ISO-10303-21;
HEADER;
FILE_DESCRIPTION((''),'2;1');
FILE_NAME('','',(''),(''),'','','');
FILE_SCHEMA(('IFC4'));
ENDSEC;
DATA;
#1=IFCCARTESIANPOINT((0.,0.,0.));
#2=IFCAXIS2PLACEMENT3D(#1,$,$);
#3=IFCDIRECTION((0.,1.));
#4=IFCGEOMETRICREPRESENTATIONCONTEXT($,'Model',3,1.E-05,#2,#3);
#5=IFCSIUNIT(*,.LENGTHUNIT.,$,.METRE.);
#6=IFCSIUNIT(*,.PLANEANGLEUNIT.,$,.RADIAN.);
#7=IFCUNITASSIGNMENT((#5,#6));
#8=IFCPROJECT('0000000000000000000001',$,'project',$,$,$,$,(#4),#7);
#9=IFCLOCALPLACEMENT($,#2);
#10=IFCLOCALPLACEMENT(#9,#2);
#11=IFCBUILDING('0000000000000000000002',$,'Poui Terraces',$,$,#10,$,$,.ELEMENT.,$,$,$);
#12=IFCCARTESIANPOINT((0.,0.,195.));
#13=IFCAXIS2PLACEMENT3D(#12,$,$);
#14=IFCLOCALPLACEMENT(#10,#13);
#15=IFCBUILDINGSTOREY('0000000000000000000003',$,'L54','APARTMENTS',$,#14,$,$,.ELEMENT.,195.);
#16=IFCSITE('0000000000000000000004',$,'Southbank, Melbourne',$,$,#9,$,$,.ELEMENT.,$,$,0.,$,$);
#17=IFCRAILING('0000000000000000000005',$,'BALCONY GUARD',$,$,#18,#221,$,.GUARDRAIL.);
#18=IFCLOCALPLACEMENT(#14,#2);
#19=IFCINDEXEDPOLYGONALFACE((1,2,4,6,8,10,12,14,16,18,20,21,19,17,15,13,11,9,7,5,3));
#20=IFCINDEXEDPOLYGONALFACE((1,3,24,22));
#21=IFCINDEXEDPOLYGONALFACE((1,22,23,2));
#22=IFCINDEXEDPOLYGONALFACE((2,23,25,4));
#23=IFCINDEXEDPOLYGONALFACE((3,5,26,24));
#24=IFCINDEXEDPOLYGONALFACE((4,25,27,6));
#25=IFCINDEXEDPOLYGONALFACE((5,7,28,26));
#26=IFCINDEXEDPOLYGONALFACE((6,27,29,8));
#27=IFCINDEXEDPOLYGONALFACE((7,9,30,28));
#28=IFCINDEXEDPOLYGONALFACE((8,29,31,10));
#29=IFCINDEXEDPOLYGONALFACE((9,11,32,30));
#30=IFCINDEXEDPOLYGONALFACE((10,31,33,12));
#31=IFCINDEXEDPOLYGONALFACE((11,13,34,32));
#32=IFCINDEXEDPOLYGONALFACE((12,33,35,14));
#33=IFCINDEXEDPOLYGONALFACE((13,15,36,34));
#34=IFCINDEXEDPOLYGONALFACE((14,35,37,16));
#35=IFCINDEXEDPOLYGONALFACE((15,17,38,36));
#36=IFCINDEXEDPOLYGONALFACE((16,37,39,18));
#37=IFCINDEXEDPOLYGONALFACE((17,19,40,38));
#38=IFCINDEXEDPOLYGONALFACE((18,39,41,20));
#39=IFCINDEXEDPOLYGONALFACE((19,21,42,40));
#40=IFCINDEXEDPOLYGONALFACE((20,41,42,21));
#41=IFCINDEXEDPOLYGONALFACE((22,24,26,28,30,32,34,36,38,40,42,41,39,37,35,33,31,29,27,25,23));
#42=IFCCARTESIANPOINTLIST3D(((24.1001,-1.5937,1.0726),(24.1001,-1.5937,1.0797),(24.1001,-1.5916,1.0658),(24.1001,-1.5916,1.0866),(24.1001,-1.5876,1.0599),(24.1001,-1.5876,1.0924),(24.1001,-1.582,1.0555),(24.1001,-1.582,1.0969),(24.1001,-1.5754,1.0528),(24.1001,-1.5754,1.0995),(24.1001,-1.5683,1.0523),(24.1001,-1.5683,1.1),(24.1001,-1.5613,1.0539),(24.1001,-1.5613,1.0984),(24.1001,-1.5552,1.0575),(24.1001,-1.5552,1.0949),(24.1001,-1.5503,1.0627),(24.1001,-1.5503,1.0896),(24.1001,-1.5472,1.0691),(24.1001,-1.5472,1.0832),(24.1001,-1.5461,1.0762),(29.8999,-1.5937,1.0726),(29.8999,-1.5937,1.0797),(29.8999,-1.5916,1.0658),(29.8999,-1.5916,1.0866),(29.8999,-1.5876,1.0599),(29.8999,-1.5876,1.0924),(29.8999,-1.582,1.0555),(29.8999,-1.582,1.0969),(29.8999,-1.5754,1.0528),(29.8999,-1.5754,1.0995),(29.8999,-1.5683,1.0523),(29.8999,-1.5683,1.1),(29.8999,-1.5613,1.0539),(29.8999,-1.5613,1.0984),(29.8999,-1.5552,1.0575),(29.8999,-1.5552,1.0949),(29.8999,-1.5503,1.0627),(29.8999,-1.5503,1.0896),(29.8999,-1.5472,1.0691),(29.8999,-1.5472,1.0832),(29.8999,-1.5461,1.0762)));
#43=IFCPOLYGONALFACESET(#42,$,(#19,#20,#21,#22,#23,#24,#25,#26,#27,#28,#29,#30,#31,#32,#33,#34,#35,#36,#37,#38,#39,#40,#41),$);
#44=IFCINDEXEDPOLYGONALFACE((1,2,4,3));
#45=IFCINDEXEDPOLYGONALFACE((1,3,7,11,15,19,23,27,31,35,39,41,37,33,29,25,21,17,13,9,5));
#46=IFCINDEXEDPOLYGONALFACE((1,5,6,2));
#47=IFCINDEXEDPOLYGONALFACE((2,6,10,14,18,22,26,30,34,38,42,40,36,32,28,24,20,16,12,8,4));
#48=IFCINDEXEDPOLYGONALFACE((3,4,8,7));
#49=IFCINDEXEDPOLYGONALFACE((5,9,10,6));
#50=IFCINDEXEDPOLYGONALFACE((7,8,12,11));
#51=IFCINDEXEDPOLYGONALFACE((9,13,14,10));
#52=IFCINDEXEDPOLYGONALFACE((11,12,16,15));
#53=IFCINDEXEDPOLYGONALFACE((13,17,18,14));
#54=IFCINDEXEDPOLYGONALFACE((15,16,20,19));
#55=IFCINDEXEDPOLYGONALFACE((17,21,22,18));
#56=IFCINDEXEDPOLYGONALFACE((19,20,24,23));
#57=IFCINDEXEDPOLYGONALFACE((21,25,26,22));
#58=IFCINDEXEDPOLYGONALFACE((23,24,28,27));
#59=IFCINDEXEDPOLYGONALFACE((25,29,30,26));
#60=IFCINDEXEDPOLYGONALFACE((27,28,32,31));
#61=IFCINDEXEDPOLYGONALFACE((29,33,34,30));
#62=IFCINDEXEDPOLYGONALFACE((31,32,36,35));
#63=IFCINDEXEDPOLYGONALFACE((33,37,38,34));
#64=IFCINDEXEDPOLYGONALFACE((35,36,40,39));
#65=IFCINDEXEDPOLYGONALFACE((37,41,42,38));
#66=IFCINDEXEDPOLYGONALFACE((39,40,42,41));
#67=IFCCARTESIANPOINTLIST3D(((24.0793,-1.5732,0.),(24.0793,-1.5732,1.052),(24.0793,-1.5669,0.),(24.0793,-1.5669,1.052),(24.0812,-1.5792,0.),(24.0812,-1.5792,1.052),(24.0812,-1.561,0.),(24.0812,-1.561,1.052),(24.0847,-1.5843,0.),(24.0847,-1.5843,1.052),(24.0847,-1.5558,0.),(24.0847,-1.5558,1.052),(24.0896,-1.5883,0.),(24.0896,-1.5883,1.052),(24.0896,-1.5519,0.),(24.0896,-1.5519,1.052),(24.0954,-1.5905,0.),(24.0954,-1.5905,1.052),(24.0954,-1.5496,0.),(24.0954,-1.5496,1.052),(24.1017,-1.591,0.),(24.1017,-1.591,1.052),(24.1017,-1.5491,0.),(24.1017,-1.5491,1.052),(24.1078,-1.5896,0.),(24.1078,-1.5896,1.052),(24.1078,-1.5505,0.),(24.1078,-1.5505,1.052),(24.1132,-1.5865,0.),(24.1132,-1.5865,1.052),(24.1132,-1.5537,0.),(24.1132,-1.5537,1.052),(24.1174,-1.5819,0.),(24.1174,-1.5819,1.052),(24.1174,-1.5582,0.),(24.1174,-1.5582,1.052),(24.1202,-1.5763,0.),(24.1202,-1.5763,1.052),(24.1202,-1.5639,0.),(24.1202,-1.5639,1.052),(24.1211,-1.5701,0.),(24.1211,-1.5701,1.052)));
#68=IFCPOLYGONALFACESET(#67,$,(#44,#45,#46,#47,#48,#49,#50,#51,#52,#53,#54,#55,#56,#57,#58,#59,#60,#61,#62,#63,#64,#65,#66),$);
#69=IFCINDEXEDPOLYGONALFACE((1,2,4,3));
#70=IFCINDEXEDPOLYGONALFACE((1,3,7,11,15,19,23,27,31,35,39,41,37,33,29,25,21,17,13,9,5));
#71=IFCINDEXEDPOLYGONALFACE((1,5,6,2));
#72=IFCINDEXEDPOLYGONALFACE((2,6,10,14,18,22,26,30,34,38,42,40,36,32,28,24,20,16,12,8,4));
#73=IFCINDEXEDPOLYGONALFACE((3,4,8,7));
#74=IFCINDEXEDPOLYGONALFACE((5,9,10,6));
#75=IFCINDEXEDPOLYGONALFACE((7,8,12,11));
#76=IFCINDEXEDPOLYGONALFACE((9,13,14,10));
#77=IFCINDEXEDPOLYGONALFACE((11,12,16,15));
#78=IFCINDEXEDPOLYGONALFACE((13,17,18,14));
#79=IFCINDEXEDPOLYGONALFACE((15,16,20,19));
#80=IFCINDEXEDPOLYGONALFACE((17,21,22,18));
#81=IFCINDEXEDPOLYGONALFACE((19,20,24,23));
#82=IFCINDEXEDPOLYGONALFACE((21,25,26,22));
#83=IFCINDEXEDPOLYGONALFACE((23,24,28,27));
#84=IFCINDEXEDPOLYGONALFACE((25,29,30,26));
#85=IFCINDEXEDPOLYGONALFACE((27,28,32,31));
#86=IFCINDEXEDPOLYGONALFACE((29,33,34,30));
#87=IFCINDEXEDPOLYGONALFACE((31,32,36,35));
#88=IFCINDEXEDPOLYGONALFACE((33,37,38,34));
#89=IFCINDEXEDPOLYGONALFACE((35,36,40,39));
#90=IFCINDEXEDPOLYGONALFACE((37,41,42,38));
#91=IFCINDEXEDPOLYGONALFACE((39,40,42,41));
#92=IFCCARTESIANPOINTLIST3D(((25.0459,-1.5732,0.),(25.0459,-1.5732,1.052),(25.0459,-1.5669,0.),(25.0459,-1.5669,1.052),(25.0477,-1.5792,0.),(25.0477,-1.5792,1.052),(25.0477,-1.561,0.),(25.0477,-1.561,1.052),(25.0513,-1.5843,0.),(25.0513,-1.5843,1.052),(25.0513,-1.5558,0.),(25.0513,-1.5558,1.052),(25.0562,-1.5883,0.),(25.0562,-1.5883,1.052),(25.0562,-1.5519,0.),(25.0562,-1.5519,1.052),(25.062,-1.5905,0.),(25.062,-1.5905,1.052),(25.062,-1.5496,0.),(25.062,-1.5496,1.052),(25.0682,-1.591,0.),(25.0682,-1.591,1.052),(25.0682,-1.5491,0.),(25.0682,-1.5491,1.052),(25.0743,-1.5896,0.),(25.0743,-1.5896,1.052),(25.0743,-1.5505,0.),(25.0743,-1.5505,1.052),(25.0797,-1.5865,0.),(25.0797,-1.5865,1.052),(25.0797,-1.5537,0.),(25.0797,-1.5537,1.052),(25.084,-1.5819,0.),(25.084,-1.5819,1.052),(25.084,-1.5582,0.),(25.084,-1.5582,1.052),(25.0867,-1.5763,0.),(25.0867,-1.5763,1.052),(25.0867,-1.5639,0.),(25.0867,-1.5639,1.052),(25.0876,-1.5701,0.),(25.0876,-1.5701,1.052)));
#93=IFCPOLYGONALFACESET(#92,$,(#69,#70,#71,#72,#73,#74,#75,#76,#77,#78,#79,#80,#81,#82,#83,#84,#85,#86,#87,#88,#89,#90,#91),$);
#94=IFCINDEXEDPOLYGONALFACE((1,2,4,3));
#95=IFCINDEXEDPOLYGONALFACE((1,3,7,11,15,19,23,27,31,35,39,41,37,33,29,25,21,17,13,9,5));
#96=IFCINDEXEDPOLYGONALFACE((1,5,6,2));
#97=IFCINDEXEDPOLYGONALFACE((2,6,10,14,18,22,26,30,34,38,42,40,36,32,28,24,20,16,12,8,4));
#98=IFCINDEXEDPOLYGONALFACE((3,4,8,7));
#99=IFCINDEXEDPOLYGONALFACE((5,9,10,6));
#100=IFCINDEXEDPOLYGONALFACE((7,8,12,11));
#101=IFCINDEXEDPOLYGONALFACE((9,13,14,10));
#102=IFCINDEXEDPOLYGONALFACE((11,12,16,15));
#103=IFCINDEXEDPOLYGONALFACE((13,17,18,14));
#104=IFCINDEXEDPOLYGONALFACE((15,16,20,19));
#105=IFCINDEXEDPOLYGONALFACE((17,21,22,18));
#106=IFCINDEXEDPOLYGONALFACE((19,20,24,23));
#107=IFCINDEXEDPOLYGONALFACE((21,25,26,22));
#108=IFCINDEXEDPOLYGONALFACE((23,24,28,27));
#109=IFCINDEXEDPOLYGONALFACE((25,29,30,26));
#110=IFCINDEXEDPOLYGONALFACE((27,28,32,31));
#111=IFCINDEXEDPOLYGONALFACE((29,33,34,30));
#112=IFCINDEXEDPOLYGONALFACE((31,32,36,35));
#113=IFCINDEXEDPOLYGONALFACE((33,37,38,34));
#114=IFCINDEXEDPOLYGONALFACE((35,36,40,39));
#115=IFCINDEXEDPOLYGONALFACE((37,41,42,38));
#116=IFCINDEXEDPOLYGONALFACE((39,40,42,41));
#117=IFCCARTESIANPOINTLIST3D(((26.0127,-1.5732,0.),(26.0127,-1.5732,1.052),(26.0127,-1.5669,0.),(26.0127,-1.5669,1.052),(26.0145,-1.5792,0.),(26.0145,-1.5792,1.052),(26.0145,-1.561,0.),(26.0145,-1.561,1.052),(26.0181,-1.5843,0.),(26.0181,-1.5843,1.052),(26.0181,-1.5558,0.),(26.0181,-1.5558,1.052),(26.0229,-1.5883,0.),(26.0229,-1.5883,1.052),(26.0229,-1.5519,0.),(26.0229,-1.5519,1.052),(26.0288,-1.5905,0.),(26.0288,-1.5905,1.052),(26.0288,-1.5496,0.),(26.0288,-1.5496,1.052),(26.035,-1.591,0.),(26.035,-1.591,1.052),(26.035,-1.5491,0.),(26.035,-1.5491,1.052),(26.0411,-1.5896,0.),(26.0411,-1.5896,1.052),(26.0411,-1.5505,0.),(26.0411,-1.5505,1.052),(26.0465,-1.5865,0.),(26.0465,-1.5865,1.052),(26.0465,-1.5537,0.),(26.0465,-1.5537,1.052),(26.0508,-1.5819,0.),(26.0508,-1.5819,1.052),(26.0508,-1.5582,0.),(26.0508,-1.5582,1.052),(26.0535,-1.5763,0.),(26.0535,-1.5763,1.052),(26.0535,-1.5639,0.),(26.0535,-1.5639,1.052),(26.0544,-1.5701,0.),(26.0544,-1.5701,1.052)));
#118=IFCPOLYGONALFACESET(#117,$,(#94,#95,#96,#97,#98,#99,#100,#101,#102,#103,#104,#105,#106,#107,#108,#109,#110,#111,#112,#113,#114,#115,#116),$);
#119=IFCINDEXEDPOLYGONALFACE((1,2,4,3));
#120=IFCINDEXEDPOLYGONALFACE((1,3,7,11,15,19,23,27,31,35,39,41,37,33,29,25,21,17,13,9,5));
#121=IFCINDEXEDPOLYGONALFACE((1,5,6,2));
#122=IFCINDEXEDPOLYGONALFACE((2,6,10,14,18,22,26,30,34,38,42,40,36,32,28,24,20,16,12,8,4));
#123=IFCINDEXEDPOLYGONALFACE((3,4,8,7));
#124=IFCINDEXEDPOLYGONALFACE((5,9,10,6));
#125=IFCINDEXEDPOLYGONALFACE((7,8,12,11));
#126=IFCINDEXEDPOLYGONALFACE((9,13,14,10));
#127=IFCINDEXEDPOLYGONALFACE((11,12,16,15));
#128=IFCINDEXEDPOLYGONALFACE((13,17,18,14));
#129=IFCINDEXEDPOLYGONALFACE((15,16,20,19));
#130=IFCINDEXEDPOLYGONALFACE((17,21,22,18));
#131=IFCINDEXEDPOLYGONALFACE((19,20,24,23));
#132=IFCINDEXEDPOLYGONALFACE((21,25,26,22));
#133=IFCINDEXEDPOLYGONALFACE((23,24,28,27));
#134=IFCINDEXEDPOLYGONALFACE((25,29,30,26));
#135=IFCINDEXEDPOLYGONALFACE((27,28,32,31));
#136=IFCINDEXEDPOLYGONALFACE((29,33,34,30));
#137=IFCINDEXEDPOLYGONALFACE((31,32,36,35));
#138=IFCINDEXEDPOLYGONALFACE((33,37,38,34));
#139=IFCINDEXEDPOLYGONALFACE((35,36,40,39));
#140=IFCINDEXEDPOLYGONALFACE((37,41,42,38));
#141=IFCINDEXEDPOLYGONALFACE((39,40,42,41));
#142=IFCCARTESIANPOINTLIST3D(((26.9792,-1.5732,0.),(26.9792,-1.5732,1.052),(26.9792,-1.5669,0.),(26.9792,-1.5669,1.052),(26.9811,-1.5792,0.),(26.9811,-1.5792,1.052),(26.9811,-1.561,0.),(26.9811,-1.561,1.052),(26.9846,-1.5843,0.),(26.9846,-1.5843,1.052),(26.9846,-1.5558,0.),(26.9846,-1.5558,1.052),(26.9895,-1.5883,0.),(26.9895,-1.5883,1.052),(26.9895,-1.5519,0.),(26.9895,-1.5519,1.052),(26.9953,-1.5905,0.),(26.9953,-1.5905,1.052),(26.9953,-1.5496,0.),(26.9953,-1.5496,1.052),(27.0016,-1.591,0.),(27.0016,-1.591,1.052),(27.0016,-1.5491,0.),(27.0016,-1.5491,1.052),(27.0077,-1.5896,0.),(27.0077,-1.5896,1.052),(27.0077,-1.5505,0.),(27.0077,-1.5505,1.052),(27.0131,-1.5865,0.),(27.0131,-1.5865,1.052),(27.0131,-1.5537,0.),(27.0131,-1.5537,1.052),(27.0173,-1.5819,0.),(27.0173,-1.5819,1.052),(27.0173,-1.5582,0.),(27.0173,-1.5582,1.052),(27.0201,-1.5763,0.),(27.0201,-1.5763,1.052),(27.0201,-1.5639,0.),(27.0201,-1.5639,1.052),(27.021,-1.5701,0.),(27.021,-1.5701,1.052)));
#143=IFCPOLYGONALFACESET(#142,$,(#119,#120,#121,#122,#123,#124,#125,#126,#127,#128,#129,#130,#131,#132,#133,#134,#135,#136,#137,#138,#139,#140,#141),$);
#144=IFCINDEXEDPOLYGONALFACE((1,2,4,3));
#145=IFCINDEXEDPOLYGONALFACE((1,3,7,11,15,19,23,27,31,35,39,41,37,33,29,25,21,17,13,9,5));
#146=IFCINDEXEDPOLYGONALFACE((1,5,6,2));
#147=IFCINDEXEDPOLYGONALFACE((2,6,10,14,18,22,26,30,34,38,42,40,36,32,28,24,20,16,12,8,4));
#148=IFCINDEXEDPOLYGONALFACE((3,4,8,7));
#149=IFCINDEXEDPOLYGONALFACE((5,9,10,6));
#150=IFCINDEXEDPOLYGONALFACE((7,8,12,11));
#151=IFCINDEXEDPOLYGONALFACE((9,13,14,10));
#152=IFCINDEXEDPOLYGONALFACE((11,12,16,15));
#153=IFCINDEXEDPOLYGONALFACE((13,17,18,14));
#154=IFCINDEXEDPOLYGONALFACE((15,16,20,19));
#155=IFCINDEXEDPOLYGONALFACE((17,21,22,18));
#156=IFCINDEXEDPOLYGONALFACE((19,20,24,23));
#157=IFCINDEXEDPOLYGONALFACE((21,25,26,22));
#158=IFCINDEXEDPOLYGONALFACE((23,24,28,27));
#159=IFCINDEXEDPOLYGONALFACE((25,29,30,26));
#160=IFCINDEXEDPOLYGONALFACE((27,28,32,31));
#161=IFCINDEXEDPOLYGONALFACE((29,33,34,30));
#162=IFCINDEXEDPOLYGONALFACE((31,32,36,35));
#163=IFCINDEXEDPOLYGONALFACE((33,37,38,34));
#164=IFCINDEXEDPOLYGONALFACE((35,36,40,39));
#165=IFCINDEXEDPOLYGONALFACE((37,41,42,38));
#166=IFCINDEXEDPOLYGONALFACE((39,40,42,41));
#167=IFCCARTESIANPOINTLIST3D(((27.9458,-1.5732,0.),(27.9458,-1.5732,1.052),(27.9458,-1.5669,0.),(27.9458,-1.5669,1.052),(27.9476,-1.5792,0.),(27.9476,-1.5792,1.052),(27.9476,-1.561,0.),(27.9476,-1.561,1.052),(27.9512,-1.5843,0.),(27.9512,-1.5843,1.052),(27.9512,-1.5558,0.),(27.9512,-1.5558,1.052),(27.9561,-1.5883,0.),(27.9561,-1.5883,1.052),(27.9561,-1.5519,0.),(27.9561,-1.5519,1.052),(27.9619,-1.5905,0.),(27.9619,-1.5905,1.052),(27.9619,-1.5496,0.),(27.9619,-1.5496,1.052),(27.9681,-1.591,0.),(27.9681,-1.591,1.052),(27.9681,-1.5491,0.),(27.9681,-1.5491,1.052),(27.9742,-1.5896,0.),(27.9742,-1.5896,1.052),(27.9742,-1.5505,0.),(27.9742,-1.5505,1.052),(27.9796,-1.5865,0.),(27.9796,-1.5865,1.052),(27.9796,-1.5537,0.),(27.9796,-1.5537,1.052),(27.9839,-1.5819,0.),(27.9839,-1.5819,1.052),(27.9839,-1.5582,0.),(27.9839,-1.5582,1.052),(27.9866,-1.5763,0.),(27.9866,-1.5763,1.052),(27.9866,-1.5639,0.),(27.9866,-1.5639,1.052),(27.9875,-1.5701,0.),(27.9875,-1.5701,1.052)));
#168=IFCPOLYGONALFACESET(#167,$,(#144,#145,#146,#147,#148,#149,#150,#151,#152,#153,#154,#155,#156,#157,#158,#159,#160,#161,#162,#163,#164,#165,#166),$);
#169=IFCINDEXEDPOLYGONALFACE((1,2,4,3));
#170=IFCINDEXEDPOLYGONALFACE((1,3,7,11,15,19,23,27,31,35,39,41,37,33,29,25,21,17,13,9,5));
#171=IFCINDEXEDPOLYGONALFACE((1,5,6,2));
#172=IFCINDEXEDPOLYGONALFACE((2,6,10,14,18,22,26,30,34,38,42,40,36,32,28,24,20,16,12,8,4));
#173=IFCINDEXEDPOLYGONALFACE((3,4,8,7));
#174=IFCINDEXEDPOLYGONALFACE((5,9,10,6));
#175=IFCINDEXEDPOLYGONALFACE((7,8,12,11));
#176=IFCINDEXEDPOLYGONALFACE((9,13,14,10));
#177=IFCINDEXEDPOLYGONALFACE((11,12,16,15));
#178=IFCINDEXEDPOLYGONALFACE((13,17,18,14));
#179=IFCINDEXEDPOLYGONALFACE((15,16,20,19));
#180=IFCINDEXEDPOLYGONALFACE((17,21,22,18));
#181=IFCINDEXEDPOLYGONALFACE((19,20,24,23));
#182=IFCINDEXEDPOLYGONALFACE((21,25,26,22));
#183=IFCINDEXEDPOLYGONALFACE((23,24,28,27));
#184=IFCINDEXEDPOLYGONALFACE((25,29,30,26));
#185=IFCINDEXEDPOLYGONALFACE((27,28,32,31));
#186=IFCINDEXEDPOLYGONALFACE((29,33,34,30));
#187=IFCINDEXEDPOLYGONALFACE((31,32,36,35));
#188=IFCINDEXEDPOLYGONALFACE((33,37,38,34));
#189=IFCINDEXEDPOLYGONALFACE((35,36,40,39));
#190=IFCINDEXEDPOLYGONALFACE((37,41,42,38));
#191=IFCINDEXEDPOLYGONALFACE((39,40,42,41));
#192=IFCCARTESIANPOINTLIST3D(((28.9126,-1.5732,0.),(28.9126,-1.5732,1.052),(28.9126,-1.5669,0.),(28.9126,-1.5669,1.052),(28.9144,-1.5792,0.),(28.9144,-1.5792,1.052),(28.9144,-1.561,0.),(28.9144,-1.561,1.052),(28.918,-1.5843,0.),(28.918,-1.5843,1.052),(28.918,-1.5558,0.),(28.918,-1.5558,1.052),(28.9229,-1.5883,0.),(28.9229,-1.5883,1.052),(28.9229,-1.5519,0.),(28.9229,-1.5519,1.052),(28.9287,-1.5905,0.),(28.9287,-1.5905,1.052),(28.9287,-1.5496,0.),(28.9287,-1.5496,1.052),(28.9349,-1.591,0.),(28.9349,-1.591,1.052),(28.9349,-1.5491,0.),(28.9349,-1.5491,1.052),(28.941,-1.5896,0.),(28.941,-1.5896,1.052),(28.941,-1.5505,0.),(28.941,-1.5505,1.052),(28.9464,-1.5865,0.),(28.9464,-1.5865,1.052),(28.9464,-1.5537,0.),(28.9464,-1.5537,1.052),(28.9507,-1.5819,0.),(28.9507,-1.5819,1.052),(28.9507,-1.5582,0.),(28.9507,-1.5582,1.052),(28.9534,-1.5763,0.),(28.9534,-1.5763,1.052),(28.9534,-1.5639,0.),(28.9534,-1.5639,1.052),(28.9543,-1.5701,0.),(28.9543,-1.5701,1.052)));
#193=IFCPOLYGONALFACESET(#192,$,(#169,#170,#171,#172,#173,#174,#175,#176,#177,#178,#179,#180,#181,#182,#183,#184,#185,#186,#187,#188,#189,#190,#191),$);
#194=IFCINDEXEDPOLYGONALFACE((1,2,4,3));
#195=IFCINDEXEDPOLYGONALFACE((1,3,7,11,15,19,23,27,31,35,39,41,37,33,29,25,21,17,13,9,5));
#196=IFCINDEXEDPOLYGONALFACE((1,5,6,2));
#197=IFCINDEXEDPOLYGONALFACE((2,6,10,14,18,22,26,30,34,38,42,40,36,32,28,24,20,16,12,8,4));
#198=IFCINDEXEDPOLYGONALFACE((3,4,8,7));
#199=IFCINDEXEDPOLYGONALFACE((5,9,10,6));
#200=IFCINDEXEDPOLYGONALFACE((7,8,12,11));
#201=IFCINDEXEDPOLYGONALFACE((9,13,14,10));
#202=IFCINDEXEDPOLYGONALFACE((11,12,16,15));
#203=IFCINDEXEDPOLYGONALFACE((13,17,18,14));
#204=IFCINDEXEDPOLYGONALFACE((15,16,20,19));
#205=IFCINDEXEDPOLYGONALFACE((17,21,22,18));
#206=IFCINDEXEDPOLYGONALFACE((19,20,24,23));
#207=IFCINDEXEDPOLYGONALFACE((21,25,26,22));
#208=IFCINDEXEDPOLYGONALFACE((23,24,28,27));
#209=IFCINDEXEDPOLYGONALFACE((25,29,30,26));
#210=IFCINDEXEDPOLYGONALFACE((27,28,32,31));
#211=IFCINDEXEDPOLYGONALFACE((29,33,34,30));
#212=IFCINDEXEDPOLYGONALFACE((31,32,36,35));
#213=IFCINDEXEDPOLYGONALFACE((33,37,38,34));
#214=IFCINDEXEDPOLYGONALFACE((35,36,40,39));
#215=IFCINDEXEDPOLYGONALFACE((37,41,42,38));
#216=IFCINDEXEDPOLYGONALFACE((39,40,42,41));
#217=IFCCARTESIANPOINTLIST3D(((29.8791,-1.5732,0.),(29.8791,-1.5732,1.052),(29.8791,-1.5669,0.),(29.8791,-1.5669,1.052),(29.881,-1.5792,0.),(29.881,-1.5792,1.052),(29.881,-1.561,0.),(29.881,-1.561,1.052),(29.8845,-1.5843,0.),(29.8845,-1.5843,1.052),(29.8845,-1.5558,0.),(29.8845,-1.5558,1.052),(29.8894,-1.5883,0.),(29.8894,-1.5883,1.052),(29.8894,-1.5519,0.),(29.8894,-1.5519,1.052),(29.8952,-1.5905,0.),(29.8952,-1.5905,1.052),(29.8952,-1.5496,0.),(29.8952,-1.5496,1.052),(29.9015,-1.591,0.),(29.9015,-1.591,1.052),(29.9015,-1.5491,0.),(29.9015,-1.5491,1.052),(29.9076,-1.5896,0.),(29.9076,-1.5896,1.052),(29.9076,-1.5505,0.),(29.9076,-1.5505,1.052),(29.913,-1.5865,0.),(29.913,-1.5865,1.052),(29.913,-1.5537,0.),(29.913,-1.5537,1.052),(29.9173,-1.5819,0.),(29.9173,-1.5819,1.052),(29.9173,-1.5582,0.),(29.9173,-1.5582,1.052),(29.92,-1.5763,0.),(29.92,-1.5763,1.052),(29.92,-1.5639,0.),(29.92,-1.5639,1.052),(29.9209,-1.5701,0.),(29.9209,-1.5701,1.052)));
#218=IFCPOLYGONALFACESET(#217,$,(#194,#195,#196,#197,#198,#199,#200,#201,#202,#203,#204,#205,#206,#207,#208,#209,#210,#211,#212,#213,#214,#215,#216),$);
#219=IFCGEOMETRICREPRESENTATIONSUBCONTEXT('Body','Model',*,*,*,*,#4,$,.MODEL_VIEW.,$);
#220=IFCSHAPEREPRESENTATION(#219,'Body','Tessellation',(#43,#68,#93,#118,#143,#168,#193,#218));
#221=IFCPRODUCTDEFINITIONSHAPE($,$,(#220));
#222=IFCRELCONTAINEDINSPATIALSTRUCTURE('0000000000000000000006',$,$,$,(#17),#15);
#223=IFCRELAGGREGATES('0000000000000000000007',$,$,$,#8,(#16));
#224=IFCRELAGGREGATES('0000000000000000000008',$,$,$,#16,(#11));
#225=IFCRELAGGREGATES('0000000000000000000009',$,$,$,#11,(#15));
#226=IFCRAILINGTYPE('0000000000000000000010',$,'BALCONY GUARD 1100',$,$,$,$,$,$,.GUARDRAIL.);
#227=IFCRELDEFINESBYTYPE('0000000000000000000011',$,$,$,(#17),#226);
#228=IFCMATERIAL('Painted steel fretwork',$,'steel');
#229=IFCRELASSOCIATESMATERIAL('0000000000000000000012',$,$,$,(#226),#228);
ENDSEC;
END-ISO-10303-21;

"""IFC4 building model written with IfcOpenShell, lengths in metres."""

from ifc_helpers import new_model, si_unit, direction, frame, origin, origin_2d, place, context, subcontext, project, spatial, circle, extrude, material, type_object, element, save


model = new_model("IFC4")

# Units and contexts
model_context = context("Model", 3, precision=1e-05, world=origin(), true_north=direction((0.0, 1.0)))
body_context = subcontext(model_context, "Body", "Model", "MODEL_VIEW")
ifc_project = project(units=[si_unit("LENGTHUNIT", "METRE"), si_unit("PLANEANGLEUNIT", "RADIAN")], contexts=[model_context])

# Site, building, storey
site_placement = place(None, origin())
site = spatial("IfcSite", under=ifc_project, at=site_placement, Name="Southbank, Melbourne", CompositionType="ELEMENT", RefElevation=0.0)
building_placement = place(site_placement, origin())
building = spatial("IfcBuilding", under=site, at=building_placement, Name="Poui Terraces", CompositionType="ELEMENT")
storey_placement = place(building_placement, frame((0.0, 0.0, 195.0)))
storey = spatial("IfcBuildingStorey", under=building, at=storey_placement, Name="L54", Description="APARTMENTS", CompositionType="ELEMENT", Elevation=195.0)

# Railing
ifc_material_1 = material(Name="Painted steel fretwork", Category="steel")
railing_type = type_object("IfcRailingType", Name="BALCONY GUARD 1100", PredefinedType="GUARDRAIL", material=ifc_material_1)
railing_placement = place(storey_placement, frame((24.1001, -1.5701, 0.0)))
element("IfcRailing", 1, at=railing_placement, inside=storey, type_object=railing_type, Name="BALCONY GUARD", PredefinedType="GUARDRAIL", context=body_context, shape_type="SweptSolid", body=[
    extrude(circle(Radius=0.0239, at=origin_2d()), frame((0.0, 0.0, 1.0762), z_axis=(1.0, 0.0, 0.0), x_axis=(0.0, 1.0, 0.0)), (0.0, 0.0, 1.0), 5.7998),
    extrude(circle(Radius=0.021, at=origin_2d()), origin(), (0.0, 0.0, 1.0), 1.052),
    extrude(circle(Radius=0.021, at=origin_2d()), frame((0.9666, 0.0, 0.0)), (0.0, 0.0, 1.0), 1.052),
    extrude(circle(Radius=0.021, at=origin_2d()), frame((1.9333, 0.0, 0.0)), (0.0, 0.0, 1.0), 1.052),
    extrude(circle(Radius=0.021, at=origin_2d()), frame((2.8999, 0.0, 0.0)), (0.0, 0.0, 1.0), 1.052),
    extrude(circle(Radius=0.021, at=origin_2d()), frame((3.8665, 0.0, 0.0)), (0.0, 0.0, 1.0), 1.052),
    extrude(circle(Radius=0.021, at=origin_2d()), frame((4.8333, 0.0, 0.0)), (0.0, 0.0, 1.0), 1.052),
    extrude(circle(Radius=0.021, at=origin_2d()), frame((5.7998, 0.0, 0.0)), (0.0, 0.0, 1.0), 1.052),
])

save(model, "model.ifc")
